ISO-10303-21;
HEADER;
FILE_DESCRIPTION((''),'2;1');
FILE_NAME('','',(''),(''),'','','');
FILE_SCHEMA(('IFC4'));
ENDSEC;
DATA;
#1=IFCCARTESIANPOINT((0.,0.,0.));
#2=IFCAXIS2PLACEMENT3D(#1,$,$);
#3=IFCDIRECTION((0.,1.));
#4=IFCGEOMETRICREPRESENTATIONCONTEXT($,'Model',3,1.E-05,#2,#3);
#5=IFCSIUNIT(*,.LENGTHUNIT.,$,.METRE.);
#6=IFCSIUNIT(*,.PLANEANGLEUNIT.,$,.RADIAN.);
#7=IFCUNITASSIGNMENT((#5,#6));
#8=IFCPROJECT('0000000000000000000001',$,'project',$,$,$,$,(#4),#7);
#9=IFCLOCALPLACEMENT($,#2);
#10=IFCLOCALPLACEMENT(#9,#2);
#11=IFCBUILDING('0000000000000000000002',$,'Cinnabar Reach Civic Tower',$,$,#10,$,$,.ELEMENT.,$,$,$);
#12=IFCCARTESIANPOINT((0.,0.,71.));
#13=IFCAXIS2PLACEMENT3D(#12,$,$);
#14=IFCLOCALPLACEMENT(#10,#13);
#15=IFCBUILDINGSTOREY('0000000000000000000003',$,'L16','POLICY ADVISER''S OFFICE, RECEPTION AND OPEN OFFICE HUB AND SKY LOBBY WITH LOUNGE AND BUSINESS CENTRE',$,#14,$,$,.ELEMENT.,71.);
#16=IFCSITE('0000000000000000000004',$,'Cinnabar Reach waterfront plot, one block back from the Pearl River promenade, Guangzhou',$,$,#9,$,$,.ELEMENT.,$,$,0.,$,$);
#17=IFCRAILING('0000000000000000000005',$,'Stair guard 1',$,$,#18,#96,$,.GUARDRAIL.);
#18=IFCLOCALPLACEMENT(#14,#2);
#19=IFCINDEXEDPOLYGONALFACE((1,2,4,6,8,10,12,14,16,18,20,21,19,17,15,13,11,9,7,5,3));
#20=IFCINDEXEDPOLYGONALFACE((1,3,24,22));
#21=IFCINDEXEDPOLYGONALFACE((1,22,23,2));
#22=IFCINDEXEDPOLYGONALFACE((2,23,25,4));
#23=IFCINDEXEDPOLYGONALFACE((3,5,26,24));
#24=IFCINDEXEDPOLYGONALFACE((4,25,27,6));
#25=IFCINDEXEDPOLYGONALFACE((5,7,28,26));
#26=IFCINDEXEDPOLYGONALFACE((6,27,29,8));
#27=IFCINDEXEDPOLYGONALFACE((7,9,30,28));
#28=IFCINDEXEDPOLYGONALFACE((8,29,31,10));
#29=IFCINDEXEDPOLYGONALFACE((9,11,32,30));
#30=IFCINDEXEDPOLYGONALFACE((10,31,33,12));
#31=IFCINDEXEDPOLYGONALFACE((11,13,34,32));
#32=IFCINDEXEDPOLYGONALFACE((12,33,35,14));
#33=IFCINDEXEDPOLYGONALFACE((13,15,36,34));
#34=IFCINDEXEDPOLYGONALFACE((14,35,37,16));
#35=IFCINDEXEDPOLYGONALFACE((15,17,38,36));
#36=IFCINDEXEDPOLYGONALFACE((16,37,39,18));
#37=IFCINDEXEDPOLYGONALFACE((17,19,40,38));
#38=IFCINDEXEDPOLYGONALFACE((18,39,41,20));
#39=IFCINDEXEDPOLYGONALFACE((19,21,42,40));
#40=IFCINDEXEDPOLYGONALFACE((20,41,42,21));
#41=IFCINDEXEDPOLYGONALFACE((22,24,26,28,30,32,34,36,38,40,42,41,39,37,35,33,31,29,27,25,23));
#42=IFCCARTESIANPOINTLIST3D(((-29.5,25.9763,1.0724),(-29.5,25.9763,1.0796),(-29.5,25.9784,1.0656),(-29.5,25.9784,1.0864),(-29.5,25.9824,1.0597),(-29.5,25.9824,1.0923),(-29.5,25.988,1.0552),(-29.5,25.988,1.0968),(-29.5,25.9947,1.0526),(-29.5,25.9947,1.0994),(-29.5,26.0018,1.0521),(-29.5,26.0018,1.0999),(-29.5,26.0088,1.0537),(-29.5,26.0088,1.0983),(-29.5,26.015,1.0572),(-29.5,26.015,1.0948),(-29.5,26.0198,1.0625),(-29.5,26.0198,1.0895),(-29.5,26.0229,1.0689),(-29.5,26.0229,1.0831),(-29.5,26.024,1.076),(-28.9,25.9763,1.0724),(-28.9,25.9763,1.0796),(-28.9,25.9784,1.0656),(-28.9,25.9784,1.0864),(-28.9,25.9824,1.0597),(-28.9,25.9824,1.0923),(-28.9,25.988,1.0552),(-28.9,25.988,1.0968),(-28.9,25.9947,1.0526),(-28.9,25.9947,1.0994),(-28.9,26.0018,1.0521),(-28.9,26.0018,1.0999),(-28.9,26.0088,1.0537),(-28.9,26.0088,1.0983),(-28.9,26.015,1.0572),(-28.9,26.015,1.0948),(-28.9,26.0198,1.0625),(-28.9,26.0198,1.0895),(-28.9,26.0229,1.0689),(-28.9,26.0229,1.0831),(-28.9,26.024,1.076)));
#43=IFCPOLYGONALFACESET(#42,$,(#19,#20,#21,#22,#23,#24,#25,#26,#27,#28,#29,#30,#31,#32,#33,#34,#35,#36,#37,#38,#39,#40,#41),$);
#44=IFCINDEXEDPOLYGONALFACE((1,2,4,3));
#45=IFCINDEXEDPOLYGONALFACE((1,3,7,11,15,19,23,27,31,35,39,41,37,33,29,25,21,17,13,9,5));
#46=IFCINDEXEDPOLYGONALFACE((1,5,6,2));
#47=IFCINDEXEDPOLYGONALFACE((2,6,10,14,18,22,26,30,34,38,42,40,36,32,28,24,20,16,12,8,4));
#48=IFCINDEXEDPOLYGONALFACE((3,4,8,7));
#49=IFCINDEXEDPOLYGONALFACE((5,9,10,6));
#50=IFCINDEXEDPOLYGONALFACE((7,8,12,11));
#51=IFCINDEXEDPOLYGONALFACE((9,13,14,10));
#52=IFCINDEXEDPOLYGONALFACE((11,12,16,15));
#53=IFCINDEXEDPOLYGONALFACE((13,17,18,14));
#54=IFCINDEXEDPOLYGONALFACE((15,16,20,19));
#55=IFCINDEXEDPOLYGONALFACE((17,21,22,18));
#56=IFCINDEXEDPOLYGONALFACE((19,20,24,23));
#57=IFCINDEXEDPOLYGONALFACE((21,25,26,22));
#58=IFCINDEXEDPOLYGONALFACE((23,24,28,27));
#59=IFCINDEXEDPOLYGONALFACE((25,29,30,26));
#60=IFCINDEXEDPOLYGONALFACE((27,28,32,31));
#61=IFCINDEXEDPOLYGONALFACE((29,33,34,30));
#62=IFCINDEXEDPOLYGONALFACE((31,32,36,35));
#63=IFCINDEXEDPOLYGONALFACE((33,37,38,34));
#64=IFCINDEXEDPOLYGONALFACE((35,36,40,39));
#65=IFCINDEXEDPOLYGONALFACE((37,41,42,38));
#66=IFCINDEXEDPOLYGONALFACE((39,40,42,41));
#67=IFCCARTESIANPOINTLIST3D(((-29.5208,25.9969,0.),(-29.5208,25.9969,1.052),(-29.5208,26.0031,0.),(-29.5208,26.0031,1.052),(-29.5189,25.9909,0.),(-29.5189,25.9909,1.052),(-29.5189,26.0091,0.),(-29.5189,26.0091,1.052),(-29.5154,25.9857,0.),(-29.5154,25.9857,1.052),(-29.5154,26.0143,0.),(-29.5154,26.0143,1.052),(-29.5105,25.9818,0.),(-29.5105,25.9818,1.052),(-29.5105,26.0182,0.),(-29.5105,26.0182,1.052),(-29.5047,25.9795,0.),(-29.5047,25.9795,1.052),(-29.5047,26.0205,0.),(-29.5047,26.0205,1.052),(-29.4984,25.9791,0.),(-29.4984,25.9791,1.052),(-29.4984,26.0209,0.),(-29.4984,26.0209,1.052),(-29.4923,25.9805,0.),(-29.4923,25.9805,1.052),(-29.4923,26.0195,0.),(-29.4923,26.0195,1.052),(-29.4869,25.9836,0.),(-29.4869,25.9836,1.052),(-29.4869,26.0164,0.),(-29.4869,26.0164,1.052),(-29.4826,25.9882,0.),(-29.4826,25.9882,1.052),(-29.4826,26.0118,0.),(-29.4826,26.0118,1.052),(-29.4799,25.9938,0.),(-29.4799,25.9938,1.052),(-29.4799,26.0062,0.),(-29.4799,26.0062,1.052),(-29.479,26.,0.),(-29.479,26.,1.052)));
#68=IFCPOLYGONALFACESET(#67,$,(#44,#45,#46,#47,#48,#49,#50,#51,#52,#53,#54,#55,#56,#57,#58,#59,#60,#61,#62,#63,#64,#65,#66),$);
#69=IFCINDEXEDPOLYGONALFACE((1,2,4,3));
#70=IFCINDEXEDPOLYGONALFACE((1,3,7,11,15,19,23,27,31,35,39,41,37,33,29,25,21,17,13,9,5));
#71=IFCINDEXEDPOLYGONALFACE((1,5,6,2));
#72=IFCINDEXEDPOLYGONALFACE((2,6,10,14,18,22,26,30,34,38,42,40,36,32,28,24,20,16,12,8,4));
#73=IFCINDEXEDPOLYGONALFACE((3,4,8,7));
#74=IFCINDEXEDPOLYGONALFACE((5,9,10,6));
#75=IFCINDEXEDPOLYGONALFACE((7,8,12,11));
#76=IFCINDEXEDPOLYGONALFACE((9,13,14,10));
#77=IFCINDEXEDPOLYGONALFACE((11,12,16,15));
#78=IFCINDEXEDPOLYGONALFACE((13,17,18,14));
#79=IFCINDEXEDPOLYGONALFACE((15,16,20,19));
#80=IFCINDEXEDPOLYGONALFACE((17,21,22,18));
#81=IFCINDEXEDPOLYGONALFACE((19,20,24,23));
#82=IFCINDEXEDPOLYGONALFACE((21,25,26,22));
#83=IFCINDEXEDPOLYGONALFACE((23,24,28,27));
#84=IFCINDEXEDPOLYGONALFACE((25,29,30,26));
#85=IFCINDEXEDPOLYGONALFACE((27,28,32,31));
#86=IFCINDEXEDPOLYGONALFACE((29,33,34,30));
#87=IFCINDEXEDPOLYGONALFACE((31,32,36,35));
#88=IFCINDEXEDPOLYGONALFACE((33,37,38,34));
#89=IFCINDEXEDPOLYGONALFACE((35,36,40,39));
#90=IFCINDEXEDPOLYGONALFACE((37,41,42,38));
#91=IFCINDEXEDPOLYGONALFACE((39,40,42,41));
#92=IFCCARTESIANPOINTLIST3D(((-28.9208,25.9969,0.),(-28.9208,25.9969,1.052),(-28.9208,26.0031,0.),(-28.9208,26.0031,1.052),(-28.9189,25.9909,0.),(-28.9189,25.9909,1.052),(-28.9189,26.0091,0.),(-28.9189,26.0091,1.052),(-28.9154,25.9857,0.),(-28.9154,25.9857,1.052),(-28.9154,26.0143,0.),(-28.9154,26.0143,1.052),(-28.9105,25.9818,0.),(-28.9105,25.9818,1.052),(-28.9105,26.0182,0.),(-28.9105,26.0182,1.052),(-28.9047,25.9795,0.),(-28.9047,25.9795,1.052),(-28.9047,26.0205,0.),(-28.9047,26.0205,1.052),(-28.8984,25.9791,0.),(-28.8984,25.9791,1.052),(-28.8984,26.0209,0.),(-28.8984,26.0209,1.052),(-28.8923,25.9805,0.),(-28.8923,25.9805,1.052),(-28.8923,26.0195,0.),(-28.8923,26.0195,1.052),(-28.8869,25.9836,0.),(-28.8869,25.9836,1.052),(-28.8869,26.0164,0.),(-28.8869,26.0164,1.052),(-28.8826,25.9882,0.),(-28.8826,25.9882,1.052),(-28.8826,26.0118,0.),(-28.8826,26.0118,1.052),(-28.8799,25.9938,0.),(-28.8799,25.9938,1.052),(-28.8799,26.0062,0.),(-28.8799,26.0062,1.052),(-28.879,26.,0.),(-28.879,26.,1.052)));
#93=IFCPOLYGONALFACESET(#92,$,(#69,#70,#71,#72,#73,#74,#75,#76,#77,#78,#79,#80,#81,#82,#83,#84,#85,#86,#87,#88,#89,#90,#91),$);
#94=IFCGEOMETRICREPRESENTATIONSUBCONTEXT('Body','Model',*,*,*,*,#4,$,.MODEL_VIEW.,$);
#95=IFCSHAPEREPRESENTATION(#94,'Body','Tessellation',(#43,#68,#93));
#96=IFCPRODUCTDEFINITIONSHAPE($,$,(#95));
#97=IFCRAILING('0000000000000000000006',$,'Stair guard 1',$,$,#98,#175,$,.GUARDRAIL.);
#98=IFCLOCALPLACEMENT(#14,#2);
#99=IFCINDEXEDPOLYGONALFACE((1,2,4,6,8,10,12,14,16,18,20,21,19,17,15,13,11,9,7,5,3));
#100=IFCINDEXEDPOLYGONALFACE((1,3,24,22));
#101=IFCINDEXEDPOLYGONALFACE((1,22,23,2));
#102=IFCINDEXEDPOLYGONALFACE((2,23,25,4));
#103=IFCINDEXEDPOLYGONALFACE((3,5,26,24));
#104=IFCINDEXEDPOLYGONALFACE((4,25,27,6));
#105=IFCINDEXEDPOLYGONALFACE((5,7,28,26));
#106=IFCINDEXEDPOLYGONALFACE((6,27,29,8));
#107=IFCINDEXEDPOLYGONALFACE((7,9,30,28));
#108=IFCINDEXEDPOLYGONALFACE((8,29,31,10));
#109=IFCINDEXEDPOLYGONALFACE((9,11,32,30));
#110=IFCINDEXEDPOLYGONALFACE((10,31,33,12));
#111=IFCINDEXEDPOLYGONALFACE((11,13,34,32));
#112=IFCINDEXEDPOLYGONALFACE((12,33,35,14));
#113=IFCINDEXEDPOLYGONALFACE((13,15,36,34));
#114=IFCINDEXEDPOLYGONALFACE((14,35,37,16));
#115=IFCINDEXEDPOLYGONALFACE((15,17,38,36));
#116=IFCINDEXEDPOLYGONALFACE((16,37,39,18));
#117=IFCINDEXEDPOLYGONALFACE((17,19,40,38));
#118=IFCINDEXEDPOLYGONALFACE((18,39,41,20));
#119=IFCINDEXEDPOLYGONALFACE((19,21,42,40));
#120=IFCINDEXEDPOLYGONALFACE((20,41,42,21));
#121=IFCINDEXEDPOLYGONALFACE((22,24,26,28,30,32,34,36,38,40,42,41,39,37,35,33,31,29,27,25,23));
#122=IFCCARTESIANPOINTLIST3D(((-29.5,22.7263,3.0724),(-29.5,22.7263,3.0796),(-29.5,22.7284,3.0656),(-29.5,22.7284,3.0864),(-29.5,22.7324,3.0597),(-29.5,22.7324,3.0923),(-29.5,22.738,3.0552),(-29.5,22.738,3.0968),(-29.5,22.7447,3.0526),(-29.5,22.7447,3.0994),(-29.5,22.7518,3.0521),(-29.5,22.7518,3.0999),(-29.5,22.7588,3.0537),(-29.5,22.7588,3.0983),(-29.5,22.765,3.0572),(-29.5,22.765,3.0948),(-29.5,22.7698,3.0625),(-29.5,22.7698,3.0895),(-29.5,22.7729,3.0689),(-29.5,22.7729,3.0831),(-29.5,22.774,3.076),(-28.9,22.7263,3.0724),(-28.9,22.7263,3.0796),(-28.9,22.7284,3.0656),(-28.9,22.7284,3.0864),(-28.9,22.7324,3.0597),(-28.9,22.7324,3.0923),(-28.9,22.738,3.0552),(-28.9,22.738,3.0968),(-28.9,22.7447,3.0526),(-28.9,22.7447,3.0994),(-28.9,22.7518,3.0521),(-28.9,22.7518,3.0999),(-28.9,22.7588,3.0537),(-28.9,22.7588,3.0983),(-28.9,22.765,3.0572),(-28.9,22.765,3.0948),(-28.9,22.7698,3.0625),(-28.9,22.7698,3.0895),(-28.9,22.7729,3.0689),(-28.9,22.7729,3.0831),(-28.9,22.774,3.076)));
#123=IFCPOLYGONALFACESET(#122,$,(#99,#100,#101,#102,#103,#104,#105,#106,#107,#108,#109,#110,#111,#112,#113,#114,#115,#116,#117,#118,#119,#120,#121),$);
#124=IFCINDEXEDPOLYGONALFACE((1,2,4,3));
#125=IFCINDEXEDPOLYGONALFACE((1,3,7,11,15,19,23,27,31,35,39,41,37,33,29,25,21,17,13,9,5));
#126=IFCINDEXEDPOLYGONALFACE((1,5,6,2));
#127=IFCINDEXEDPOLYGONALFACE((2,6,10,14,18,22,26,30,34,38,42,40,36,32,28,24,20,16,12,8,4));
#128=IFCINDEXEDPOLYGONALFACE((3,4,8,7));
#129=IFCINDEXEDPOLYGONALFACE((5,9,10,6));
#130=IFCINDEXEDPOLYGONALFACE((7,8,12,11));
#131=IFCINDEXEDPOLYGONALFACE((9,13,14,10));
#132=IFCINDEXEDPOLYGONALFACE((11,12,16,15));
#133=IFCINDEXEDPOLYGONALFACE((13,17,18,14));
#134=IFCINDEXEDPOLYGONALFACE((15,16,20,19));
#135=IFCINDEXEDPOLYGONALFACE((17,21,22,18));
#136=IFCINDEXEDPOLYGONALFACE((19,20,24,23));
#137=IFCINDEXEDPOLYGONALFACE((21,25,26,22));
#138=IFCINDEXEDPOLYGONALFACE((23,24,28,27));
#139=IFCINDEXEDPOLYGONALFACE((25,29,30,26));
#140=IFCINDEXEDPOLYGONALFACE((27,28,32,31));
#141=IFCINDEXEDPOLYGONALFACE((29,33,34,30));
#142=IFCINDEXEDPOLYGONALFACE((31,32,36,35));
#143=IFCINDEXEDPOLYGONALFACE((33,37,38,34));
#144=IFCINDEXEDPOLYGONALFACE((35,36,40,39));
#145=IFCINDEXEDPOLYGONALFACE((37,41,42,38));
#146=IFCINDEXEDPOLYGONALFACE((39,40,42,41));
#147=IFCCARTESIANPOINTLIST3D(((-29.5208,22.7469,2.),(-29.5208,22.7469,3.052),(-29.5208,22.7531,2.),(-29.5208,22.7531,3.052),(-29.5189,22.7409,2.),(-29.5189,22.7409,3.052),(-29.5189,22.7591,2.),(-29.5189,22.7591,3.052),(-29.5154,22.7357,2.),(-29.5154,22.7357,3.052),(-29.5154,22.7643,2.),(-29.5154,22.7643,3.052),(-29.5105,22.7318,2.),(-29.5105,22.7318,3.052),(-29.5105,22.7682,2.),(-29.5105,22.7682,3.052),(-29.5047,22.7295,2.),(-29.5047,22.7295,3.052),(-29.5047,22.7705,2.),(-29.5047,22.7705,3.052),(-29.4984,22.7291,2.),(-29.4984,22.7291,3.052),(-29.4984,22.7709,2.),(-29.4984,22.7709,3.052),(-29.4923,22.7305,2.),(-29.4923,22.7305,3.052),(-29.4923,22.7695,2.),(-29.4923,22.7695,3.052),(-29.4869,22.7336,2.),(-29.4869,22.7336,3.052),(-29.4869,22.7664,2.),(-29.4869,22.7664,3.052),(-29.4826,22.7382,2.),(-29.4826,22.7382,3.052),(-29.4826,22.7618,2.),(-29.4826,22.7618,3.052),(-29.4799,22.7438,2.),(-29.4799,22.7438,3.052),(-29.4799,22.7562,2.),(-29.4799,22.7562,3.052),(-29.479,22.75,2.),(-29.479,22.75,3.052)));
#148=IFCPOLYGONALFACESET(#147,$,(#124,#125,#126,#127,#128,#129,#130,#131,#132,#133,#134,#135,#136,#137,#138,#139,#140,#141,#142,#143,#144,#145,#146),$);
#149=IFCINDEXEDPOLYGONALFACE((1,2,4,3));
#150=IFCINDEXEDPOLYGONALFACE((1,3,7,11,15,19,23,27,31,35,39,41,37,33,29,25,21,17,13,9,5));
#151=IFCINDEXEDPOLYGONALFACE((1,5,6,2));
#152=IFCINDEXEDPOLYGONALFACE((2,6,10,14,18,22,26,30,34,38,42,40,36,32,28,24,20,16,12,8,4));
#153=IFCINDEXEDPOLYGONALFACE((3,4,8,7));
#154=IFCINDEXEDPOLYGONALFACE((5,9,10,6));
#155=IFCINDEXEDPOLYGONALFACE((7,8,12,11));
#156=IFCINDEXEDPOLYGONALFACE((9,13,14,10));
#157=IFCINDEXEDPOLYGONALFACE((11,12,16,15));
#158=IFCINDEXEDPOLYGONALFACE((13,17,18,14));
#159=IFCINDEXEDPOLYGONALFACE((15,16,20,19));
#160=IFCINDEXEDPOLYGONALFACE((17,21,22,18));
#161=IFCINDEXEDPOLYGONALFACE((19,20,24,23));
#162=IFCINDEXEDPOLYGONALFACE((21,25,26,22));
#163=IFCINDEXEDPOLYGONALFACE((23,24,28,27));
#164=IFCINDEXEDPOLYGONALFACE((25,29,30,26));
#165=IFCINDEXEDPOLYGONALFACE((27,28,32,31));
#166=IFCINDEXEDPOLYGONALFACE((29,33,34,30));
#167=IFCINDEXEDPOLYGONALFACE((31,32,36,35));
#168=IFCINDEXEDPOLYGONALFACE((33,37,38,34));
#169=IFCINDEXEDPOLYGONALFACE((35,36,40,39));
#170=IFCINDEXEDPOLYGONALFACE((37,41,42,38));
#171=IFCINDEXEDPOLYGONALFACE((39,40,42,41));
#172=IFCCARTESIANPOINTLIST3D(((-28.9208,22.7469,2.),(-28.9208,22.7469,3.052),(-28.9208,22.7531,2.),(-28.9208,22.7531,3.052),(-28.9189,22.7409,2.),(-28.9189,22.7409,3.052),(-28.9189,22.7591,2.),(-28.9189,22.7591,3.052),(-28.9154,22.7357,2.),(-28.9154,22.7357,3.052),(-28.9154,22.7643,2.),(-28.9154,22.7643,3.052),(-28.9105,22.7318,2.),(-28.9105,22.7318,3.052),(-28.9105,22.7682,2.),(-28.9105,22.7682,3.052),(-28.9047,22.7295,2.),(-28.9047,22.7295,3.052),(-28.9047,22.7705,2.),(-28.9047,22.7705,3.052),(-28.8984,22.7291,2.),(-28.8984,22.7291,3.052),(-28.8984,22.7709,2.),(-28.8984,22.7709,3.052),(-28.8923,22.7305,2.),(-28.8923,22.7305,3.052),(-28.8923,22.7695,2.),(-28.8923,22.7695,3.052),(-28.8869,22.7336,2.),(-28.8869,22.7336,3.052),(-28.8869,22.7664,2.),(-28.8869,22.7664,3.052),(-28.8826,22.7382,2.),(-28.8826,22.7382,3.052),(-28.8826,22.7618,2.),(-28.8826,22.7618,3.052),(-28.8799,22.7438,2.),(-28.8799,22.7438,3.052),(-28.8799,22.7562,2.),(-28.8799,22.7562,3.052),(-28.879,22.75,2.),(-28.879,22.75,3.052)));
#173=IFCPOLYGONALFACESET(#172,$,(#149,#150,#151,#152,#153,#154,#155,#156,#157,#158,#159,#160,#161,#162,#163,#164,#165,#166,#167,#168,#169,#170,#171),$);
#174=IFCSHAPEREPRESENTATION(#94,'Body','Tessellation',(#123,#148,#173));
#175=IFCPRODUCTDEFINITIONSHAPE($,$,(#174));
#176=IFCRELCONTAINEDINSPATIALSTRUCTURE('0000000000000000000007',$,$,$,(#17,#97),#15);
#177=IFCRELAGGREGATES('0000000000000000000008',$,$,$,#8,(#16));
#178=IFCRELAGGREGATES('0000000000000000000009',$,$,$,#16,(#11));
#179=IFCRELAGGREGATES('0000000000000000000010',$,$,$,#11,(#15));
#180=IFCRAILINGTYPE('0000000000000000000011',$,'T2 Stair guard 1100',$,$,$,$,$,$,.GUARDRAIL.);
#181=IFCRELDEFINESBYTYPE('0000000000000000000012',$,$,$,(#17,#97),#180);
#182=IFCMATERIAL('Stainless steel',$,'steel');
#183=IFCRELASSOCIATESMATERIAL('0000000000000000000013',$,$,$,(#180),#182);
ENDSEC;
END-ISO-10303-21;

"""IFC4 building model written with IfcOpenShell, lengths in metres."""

from ifc_helpers import new_model, si_unit, direction, frame, origin, origin_2d, place, context, subcontext, project, spatial, circle, extrude, material, type_object, element, save


model = new_model("IFC4")

# Units and contexts
model_context = context("Model", 3, precision=1e-05, world=origin(), true_north=direction((0.0, 1.0)))
body_context = subcontext(model_context, "Body", "Model", "MODEL_VIEW")
ifc_project = project(units=[si_unit("LENGTHUNIT", "METRE"), si_unit("PLANEANGLEUNIT", "RADIAN")], contexts=[model_context])

# Site, building, storey
site_placement = place(None, origin())
site = spatial("IfcSite", under=ifc_project, at=site_placement, Name="Cinnabar Reach waterfront plot, one block back from the Pearl River promenade, Guangzhou", CompositionType="ELEMENT", RefElevation=0.0)
building_placement = place(site_placement, origin())
building = spatial("IfcBuilding", under=site, at=building_placement, Name="Cinnabar Reach Civic Tower", CompositionType="ELEMENT")
storey_placement = place(building_placement, frame((0.0, 0.0, 71.0)))
storey = spatial("IfcBuildingStorey", under=building, at=storey_placement, Name="L16", Description="POLICY ADVISER'S OFFICE, RECEPTION AND OPEN OFFICE HUB AND SKY LOBBY WITH LOUNGE AND BUSINESS CENTRE", CompositionType="ELEMENT", Elevation=71.0)

# Railings
ifc_material_1 = material(Name="Stainless steel", Category="steel")
railing_type = type_object("IfcRailingType", Name="T2 Stair guard 1100", PredefinedType="GUARDRAIL", material=ifc_material_1)
for number, where, name in (
    (1, (-29.5, 26.0, 0.0), "Stair guard 1"),
    (2, (-29.5, 22.75, 2.0), "Stair guard 1"),
):
    element("IfcRailing", number, at=place(storey_placement, frame(where)), inside=storey, type_object=railing_type, Name=name, PredefinedType="GUARDRAIL", context=body_context, shape_type="SweptSolid", body=[
        extrude(circle(Radius=0.024, at=origin_2d()), frame((0.0, 0.0, 1.076), z_axis=(1.0, 0.0, 0.0), x_axis=(0.0, 1.0, 0.0)), (0.0, 0.0, 1.0), 0.6),
        extrude(circle(Radius=0.021, at=origin_2d()), origin(), (0.0, 0.0, 1.0), 1.052),
        extrude(circle(Radius=0.021, at=origin_2d()), frame((0.6, 0.0, 0.0)), (0.0, 0.0, 1.0), 1.052),
    ])

save(model, "model.ifc")
